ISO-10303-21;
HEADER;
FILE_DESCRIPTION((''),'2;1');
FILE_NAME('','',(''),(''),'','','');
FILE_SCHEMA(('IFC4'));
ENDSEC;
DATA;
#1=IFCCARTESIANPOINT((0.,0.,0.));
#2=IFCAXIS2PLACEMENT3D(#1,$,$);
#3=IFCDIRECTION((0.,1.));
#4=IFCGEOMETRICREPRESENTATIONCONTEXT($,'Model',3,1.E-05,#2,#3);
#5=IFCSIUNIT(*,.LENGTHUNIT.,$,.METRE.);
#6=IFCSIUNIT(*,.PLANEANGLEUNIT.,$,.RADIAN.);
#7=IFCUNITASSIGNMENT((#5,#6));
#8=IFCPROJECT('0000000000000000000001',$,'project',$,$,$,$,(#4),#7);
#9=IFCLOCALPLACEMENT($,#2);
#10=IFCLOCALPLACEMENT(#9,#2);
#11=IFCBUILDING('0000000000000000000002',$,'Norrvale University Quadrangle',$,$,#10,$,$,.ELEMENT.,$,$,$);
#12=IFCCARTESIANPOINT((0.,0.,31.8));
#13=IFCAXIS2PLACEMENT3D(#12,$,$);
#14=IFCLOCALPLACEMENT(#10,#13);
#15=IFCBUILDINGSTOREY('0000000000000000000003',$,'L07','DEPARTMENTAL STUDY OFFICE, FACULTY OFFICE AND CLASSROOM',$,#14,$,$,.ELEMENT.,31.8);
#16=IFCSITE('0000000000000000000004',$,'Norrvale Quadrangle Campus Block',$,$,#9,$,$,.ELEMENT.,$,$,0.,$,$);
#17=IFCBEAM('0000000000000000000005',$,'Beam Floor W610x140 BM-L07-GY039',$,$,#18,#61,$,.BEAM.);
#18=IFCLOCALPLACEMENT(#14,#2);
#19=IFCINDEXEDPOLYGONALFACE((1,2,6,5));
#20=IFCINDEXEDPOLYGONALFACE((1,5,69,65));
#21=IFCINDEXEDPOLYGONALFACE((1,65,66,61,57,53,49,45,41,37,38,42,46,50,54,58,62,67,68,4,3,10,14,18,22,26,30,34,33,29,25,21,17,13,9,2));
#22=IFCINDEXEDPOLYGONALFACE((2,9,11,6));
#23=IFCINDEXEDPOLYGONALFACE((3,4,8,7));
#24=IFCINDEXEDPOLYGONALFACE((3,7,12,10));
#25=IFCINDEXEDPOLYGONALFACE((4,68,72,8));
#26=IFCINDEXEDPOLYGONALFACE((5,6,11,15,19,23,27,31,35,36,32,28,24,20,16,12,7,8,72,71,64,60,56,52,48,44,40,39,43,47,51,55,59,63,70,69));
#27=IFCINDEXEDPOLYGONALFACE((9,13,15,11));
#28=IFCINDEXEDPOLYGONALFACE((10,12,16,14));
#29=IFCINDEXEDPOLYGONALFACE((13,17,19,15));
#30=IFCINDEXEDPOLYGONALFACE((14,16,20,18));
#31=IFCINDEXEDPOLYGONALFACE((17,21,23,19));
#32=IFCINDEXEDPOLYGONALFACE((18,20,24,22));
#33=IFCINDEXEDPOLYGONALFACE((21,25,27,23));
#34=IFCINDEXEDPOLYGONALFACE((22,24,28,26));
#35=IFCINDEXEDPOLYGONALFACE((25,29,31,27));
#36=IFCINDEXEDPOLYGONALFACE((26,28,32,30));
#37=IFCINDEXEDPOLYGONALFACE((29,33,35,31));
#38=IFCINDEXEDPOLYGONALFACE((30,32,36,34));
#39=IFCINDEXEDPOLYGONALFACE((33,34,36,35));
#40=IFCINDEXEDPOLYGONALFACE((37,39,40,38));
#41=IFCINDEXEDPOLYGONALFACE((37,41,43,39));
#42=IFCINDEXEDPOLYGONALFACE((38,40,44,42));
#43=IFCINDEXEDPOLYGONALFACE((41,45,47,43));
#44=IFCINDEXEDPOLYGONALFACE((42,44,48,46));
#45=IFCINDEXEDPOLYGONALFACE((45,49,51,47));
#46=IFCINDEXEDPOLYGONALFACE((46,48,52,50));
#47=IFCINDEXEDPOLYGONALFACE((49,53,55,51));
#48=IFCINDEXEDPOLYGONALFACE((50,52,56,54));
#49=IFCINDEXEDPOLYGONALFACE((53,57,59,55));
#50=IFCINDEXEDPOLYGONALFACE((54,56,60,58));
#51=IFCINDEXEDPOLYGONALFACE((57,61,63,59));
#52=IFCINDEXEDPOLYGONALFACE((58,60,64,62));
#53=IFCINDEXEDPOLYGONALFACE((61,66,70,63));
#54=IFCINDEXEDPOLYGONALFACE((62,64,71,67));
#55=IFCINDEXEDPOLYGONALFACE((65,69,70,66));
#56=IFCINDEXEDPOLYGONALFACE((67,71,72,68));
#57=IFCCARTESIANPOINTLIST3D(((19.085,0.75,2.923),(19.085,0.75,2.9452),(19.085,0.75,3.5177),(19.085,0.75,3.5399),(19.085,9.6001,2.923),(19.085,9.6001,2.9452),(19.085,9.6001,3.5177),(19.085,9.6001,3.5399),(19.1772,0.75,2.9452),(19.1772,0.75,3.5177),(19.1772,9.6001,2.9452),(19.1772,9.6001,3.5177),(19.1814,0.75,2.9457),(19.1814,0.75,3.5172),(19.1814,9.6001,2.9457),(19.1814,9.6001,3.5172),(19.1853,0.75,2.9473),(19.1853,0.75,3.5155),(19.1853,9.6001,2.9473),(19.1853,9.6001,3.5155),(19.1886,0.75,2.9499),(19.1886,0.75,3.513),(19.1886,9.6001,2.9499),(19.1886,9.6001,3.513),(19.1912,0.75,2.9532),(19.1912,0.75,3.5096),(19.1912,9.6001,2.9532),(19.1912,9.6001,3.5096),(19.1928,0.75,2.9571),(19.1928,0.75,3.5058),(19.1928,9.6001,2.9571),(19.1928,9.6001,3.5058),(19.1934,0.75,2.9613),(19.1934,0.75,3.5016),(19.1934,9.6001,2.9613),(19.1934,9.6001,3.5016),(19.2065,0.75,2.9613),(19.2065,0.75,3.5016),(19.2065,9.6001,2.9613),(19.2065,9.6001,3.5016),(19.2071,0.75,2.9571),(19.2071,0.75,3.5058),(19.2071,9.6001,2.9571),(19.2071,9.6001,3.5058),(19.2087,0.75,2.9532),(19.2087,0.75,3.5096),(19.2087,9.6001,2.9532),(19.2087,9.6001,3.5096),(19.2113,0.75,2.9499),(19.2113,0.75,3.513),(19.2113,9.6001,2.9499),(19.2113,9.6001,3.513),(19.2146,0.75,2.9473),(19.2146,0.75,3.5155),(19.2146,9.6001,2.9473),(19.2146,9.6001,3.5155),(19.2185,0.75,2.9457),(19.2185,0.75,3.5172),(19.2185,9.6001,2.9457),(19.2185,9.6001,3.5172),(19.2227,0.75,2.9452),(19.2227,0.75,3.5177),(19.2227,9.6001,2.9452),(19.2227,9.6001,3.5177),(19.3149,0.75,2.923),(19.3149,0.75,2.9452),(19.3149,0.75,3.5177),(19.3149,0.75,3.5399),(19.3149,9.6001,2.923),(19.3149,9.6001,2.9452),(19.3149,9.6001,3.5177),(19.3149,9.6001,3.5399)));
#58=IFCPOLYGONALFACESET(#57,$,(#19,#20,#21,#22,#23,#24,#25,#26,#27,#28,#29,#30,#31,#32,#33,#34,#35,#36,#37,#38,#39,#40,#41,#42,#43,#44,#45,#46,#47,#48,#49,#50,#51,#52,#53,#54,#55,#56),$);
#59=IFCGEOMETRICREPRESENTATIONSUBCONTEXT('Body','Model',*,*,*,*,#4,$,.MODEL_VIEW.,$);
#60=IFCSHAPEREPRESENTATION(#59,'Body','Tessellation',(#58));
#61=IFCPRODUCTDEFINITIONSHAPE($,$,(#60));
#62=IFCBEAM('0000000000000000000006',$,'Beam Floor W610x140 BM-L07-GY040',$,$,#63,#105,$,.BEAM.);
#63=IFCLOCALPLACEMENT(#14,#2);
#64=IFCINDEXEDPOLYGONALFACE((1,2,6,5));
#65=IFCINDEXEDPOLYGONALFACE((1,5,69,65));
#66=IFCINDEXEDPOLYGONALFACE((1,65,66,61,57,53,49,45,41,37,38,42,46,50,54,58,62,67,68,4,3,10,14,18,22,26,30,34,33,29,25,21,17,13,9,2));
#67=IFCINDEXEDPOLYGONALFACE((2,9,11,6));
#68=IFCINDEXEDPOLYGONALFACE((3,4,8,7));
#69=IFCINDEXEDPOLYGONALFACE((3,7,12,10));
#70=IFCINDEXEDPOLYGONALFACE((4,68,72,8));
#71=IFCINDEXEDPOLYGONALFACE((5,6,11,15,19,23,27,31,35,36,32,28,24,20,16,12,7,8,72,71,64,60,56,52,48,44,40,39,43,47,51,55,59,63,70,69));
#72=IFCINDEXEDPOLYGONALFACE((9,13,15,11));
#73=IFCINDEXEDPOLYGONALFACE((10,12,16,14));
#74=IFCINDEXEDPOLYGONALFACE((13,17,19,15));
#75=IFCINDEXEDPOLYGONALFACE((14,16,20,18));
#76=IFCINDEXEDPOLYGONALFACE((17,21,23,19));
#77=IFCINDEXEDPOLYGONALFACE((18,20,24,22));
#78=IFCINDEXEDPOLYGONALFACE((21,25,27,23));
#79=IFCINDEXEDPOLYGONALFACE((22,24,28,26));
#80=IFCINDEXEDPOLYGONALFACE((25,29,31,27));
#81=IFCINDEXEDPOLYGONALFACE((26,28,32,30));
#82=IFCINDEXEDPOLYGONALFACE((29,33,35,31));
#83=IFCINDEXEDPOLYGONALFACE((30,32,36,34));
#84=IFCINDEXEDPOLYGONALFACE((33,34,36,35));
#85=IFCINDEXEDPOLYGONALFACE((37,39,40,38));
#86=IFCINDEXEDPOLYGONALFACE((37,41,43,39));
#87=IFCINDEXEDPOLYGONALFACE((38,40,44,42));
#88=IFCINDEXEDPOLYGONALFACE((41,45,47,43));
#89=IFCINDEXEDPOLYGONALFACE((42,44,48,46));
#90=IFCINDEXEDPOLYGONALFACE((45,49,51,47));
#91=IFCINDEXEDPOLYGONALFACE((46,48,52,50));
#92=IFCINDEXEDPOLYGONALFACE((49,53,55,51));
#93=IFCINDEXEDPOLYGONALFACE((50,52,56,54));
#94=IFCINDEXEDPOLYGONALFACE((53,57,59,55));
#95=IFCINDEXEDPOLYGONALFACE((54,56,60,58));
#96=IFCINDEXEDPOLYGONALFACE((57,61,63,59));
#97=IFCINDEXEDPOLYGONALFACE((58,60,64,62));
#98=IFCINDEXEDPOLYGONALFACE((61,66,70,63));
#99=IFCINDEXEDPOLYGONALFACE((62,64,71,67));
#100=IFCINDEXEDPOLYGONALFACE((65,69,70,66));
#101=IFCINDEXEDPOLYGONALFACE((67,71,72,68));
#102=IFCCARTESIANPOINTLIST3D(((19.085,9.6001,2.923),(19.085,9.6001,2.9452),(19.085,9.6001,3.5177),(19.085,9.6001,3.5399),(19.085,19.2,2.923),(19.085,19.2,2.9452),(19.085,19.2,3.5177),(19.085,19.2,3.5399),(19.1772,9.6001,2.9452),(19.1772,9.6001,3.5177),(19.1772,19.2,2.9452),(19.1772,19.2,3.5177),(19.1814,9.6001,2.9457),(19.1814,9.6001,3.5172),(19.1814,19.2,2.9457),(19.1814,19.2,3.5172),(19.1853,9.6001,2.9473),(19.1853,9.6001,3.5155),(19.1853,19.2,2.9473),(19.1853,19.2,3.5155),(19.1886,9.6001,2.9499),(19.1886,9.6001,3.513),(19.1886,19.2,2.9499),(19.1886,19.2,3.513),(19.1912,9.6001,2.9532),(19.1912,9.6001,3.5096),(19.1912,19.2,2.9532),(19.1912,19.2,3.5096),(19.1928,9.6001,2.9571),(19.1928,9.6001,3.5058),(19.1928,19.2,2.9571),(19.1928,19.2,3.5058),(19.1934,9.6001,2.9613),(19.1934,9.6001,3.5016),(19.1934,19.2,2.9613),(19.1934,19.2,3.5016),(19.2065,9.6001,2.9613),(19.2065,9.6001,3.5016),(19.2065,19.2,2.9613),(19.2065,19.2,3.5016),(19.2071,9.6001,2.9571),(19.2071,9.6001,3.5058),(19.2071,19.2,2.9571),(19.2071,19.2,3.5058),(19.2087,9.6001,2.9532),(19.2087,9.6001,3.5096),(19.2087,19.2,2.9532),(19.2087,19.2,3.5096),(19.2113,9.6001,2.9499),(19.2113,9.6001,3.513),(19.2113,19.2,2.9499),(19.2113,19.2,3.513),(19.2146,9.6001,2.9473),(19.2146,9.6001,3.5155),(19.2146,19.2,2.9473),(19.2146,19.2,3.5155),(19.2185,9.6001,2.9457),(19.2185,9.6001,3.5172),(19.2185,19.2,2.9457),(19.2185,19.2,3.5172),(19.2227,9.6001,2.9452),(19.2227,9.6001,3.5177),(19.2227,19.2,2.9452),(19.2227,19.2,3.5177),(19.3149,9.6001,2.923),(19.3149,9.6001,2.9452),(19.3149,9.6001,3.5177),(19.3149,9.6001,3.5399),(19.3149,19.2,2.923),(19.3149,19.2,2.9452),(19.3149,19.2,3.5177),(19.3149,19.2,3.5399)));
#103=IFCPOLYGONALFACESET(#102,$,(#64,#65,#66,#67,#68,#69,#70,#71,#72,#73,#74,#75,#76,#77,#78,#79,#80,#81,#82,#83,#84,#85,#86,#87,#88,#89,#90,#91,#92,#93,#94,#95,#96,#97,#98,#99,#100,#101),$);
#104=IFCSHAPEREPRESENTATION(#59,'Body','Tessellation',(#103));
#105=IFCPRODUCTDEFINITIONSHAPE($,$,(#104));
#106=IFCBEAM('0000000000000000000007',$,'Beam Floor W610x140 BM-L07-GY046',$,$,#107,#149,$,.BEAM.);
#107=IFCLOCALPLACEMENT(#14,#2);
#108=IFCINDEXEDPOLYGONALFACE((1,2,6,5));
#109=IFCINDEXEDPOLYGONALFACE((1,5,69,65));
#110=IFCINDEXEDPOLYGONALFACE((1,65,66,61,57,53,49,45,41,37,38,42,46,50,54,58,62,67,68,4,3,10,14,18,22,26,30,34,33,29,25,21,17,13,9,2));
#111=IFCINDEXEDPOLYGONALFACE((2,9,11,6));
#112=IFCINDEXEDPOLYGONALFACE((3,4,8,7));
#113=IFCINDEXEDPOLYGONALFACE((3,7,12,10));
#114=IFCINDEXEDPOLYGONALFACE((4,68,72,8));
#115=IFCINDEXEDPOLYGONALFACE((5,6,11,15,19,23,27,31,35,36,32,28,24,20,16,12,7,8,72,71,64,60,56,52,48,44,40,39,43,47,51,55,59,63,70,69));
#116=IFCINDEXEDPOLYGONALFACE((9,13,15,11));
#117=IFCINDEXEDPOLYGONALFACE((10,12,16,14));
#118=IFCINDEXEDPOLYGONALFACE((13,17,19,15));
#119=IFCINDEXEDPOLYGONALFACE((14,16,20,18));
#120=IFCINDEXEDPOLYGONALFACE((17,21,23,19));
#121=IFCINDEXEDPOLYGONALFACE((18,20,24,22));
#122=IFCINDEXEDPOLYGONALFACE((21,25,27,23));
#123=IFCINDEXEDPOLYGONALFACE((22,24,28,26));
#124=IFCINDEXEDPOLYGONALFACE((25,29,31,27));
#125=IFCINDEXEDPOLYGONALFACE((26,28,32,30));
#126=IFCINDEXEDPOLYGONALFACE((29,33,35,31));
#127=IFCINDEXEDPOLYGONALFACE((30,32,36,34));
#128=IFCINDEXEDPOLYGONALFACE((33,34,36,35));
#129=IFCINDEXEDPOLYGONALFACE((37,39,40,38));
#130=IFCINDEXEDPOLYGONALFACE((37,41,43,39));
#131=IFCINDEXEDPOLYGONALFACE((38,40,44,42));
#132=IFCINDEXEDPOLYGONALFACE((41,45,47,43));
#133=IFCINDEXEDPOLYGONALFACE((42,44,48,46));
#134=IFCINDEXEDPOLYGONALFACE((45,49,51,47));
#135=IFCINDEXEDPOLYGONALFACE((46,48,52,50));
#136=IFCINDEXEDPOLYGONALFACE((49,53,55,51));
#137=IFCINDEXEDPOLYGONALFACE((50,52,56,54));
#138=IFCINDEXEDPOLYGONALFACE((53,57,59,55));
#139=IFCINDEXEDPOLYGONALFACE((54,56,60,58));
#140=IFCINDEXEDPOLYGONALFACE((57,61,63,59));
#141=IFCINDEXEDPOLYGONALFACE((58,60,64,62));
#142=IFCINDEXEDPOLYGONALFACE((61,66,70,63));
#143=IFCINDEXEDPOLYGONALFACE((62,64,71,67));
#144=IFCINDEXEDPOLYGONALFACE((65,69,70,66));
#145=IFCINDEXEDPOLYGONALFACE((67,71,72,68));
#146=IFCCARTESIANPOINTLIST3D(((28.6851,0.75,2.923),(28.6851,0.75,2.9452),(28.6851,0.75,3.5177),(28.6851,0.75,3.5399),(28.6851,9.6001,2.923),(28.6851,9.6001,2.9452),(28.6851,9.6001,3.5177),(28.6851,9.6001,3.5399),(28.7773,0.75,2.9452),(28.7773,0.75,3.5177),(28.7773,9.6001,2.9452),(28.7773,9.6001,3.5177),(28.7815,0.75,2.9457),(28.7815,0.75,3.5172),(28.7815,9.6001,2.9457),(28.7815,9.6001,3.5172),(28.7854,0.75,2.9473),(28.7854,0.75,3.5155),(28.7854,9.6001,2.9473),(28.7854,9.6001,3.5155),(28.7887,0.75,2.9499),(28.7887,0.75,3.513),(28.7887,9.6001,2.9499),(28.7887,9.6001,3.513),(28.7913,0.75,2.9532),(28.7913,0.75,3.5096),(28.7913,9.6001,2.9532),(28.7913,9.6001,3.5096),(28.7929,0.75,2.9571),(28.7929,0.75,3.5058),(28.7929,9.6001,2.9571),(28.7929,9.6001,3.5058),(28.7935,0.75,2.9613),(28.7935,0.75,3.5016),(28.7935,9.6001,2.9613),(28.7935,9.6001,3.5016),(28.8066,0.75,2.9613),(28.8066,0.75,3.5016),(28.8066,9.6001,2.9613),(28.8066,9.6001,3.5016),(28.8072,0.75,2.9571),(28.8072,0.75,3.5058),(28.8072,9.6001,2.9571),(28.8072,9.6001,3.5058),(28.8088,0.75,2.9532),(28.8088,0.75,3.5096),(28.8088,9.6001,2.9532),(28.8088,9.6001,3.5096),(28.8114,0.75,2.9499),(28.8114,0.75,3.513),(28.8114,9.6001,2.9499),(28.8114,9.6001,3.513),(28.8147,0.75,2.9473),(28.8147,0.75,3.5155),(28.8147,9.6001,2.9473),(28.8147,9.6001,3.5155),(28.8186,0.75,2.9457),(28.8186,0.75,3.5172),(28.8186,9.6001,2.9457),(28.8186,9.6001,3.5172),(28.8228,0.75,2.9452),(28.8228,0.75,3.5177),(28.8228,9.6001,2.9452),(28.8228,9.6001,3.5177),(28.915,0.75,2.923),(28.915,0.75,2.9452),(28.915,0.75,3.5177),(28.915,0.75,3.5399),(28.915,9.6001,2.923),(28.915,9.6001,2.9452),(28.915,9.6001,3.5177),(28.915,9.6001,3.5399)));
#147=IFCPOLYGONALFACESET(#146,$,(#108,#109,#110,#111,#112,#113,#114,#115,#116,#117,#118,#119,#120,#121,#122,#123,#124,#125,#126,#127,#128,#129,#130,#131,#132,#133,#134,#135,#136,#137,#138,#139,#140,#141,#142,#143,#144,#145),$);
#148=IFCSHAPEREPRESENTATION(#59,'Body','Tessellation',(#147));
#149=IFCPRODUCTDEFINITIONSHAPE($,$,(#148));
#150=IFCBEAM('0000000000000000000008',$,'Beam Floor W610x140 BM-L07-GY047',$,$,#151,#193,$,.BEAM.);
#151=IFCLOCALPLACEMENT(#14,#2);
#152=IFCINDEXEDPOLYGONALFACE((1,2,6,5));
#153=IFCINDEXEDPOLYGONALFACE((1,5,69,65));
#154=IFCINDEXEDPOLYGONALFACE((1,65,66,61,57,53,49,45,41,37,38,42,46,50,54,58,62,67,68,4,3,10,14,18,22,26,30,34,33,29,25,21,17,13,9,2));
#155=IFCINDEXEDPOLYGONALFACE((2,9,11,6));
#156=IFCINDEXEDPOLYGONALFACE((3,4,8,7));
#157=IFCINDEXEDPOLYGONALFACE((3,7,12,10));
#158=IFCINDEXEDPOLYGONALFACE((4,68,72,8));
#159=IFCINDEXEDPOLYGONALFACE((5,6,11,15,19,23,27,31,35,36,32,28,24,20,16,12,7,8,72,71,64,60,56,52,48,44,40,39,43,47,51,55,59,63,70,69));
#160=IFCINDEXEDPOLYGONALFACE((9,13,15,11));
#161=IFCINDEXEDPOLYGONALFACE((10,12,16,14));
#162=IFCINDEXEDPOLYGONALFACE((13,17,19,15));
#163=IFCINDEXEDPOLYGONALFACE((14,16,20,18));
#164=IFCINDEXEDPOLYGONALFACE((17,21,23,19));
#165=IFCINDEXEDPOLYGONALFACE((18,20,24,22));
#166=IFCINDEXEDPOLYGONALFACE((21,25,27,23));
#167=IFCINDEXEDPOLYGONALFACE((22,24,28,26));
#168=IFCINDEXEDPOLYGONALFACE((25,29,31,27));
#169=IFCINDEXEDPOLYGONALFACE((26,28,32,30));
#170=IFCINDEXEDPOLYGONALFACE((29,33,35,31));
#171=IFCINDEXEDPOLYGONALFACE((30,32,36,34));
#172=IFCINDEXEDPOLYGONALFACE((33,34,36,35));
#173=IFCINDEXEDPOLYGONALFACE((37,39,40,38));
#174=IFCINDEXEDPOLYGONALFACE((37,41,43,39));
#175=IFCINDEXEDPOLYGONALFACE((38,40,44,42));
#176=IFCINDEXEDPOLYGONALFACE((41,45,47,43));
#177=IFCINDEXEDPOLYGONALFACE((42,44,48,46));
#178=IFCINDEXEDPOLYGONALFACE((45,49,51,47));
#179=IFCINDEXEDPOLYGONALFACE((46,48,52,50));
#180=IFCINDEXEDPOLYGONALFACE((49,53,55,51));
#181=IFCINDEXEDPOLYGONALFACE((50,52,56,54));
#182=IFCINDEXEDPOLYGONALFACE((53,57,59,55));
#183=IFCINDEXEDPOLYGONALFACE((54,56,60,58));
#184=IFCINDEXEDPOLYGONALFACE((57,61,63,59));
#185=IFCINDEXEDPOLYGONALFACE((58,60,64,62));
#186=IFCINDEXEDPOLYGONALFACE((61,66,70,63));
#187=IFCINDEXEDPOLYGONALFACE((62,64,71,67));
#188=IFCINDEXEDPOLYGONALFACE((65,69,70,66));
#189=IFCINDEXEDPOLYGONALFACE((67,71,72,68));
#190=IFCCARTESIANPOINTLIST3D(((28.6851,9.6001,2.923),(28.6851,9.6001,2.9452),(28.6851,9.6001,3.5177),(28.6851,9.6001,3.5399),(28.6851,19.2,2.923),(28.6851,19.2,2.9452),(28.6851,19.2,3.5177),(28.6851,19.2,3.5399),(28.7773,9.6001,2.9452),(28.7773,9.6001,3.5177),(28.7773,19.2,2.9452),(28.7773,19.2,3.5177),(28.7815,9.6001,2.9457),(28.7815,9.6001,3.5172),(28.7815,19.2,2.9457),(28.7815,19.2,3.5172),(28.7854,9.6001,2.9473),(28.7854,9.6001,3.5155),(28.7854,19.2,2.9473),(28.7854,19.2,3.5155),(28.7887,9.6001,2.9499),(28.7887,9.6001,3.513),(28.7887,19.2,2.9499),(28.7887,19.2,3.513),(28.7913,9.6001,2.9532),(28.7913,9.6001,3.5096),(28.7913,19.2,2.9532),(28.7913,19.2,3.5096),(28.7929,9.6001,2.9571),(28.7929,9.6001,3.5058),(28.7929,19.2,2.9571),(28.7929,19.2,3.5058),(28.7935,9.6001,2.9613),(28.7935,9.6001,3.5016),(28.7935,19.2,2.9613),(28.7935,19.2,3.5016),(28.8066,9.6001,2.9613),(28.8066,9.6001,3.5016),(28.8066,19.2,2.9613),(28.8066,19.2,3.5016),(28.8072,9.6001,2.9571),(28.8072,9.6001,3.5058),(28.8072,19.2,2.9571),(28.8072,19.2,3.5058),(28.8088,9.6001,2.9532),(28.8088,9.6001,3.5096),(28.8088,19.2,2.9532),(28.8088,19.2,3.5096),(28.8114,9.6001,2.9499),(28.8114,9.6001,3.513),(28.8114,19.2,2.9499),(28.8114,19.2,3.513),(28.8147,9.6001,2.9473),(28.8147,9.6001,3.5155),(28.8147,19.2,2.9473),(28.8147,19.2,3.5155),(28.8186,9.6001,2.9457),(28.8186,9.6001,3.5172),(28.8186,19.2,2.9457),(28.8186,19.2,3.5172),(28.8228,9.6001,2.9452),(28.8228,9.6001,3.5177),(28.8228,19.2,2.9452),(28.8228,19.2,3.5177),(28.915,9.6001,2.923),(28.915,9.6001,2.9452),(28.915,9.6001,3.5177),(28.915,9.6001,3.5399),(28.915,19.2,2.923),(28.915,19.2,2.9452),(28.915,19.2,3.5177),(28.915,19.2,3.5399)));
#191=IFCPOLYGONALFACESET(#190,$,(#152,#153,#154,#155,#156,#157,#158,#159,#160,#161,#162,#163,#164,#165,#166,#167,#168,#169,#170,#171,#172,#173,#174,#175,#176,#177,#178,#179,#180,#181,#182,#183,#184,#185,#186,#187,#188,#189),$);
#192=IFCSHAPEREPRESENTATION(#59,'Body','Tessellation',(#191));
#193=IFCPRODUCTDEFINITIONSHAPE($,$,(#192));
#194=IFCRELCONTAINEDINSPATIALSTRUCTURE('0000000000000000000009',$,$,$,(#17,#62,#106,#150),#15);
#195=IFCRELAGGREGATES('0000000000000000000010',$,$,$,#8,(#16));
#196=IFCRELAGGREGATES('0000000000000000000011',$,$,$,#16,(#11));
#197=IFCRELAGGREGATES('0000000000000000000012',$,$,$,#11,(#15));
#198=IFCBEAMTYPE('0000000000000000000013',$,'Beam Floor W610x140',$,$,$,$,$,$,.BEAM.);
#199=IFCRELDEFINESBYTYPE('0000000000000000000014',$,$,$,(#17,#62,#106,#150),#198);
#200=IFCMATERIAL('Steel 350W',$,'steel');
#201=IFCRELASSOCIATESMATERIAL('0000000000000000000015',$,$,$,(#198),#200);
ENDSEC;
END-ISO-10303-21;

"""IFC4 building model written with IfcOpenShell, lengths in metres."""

from ifc_helpers import new_model, si_unit, direction, frame, origin, origin_2d, place, context, subcontext, project, spatial, i_section, extrude, material, material_profile, profile_set, type_object, element, save


model = new_model("IFC4")

# Units and contexts
model_context = context("Model", 3, precision=1e-05, world=origin(), true_north=direction((0.0, 1.0)))
body_context = subcontext(model_context, "Body", "Model", "MODEL_VIEW")
ifc_project = project(units=[si_unit("LENGTHUNIT", "METRE"), si_unit("PLANEANGLEUNIT", "RADIAN")], contexts=[model_context])

# Site, building, storey
site_placement = place(None, origin())
site = spatial("IfcSite", under=ifc_project, at=site_placement, Name="Norrvale Quadrangle Campus Block", CompositionType="ELEMENT", RefElevation=0.0)
building_placement = place(site_placement, origin())
building = spatial("IfcBuilding", under=site, at=building_placement, Name="Norrvale University Quadrangle", CompositionType="ELEMENT")
storey_placement = place(building_placement, frame((0.0, 0.0, 31.8)))
storey = spatial("IfcBuildingStorey", under=building, at=storey_placement, Name="L07", Description="DEPARTMENTAL STUDY OFFICE, FACULTY OFFICE AND CLASSROOM", CompositionType="ELEMENT", Elevation=31.8)

# Beams
ifc_material_1 = material(Name="Steel 350W", Category="steel")
ifc_material_profile_1 = material_profile(ifc_material_1, i_section(OverallWidth=0.23, OverallDepth=0.6169, WebThickness=0.0132, FlangeThickness=0.0222, FilletRadius=0.0161, at=origin_2d()), Name="Steel 350W")
ifc_profile_set_1 = profile_set([ifc_material_profile_1], Name="Steel 350W")
beam_type_1 = type_object("IfcBeamType", Name="Beam Floor W610x140", PredefinedType="BEAM", material=ifc_profile_set_1)
beam_1_placement = place(storey_placement, frame((19.2, 0.75, 3.2314), z_axis=(0.0, 1.0, 0.0), x_axis=(-1.0, 0.0, 0.0)))
element("IfcBeam", 1, at=beam_1_placement, inside=storey, type_object=beam_type_1, Name="Beam Floor W610x140 BM-L07-GY039", PredefinedType="BEAM", context=body_context, shape_type="SweptSolid", body=[
    extrude(i_section(OverallWidth=0.23, OverallDepth=0.6169, WebThickness=0.0132, FlangeThickness=0.0222, FilletRadius=0.0161, at=origin_2d()), origin(), (0.0, 0.0, 1.0), 8.8501),
])
beam_2_placement = place(storey_placement, frame((19.2, 9.6001, 3.2314), z_axis=(0.0, 1.0, 0.0), x_axis=(-1.0, 0.0, 0.0)))
element("IfcBeam", 2, at=beam_2_placement, inside=storey, type_object=beam_type_1, Name="Beam Floor W610x140 BM-L07-GY040", PredefinedType="BEAM", context=body_context, shape_type="SweptSolid", body=[
    extrude(i_section(OverallWidth=0.23, OverallDepth=0.6169, WebThickness=0.0132, FlangeThickness=0.0222, FilletRadius=0.0161, at=origin_2d()), origin(), (0.0, 0.0, 1.0), 9.5999),
])
beam_3_placement = place(storey_placement, frame((28.8, 0.75, 3.2314), z_axis=(0.0, 1.0, 0.0), x_axis=(-1.0, 0.0, 0.0)))
element("IfcBeam", 3, at=beam_3_placement, inside=storey, type_object=beam_type_1, Name="Beam Floor W610x140 BM-L07-GY046", PredefinedType="BEAM", context=body_context, shape_type="SweptSolid", body=[
    extrude(i_section(OverallWidth=0.23, OverallDepth=0.6169, WebThickness=0.0132, FlangeThickness=0.0222, FilletRadius=0.0161, at=origin_2d()), origin(), (0.0, 0.0, 1.0), 8.8501),
])
beam_4_placement = place(storey_placement, frame((28.8, 9.6001, 3.2314), z_axis=(0.0, 1.0, 0.0), x_axis=(-1.0, 0.0, 0.0)))
element("IfcBeam", 4, at=beam_4_placement, inside=storey, type_object=beam_type_1, Name="Beam Floor W610x140 BM-L07-GY047", PredefinedType="BEAM", context=body_context, shape_type="SweptSolid", body=[
    extrude(i_section(OverallWidth=0.23, OverallDepth=0.6169, WebThickness=0.0132, FlangeThickness=0.0222, FilletRadius=0.0161, at=origin_2d()), origin(), (0.0, 0.0, 1.0), 9.5999),
])

save(model, "model.ifc")
